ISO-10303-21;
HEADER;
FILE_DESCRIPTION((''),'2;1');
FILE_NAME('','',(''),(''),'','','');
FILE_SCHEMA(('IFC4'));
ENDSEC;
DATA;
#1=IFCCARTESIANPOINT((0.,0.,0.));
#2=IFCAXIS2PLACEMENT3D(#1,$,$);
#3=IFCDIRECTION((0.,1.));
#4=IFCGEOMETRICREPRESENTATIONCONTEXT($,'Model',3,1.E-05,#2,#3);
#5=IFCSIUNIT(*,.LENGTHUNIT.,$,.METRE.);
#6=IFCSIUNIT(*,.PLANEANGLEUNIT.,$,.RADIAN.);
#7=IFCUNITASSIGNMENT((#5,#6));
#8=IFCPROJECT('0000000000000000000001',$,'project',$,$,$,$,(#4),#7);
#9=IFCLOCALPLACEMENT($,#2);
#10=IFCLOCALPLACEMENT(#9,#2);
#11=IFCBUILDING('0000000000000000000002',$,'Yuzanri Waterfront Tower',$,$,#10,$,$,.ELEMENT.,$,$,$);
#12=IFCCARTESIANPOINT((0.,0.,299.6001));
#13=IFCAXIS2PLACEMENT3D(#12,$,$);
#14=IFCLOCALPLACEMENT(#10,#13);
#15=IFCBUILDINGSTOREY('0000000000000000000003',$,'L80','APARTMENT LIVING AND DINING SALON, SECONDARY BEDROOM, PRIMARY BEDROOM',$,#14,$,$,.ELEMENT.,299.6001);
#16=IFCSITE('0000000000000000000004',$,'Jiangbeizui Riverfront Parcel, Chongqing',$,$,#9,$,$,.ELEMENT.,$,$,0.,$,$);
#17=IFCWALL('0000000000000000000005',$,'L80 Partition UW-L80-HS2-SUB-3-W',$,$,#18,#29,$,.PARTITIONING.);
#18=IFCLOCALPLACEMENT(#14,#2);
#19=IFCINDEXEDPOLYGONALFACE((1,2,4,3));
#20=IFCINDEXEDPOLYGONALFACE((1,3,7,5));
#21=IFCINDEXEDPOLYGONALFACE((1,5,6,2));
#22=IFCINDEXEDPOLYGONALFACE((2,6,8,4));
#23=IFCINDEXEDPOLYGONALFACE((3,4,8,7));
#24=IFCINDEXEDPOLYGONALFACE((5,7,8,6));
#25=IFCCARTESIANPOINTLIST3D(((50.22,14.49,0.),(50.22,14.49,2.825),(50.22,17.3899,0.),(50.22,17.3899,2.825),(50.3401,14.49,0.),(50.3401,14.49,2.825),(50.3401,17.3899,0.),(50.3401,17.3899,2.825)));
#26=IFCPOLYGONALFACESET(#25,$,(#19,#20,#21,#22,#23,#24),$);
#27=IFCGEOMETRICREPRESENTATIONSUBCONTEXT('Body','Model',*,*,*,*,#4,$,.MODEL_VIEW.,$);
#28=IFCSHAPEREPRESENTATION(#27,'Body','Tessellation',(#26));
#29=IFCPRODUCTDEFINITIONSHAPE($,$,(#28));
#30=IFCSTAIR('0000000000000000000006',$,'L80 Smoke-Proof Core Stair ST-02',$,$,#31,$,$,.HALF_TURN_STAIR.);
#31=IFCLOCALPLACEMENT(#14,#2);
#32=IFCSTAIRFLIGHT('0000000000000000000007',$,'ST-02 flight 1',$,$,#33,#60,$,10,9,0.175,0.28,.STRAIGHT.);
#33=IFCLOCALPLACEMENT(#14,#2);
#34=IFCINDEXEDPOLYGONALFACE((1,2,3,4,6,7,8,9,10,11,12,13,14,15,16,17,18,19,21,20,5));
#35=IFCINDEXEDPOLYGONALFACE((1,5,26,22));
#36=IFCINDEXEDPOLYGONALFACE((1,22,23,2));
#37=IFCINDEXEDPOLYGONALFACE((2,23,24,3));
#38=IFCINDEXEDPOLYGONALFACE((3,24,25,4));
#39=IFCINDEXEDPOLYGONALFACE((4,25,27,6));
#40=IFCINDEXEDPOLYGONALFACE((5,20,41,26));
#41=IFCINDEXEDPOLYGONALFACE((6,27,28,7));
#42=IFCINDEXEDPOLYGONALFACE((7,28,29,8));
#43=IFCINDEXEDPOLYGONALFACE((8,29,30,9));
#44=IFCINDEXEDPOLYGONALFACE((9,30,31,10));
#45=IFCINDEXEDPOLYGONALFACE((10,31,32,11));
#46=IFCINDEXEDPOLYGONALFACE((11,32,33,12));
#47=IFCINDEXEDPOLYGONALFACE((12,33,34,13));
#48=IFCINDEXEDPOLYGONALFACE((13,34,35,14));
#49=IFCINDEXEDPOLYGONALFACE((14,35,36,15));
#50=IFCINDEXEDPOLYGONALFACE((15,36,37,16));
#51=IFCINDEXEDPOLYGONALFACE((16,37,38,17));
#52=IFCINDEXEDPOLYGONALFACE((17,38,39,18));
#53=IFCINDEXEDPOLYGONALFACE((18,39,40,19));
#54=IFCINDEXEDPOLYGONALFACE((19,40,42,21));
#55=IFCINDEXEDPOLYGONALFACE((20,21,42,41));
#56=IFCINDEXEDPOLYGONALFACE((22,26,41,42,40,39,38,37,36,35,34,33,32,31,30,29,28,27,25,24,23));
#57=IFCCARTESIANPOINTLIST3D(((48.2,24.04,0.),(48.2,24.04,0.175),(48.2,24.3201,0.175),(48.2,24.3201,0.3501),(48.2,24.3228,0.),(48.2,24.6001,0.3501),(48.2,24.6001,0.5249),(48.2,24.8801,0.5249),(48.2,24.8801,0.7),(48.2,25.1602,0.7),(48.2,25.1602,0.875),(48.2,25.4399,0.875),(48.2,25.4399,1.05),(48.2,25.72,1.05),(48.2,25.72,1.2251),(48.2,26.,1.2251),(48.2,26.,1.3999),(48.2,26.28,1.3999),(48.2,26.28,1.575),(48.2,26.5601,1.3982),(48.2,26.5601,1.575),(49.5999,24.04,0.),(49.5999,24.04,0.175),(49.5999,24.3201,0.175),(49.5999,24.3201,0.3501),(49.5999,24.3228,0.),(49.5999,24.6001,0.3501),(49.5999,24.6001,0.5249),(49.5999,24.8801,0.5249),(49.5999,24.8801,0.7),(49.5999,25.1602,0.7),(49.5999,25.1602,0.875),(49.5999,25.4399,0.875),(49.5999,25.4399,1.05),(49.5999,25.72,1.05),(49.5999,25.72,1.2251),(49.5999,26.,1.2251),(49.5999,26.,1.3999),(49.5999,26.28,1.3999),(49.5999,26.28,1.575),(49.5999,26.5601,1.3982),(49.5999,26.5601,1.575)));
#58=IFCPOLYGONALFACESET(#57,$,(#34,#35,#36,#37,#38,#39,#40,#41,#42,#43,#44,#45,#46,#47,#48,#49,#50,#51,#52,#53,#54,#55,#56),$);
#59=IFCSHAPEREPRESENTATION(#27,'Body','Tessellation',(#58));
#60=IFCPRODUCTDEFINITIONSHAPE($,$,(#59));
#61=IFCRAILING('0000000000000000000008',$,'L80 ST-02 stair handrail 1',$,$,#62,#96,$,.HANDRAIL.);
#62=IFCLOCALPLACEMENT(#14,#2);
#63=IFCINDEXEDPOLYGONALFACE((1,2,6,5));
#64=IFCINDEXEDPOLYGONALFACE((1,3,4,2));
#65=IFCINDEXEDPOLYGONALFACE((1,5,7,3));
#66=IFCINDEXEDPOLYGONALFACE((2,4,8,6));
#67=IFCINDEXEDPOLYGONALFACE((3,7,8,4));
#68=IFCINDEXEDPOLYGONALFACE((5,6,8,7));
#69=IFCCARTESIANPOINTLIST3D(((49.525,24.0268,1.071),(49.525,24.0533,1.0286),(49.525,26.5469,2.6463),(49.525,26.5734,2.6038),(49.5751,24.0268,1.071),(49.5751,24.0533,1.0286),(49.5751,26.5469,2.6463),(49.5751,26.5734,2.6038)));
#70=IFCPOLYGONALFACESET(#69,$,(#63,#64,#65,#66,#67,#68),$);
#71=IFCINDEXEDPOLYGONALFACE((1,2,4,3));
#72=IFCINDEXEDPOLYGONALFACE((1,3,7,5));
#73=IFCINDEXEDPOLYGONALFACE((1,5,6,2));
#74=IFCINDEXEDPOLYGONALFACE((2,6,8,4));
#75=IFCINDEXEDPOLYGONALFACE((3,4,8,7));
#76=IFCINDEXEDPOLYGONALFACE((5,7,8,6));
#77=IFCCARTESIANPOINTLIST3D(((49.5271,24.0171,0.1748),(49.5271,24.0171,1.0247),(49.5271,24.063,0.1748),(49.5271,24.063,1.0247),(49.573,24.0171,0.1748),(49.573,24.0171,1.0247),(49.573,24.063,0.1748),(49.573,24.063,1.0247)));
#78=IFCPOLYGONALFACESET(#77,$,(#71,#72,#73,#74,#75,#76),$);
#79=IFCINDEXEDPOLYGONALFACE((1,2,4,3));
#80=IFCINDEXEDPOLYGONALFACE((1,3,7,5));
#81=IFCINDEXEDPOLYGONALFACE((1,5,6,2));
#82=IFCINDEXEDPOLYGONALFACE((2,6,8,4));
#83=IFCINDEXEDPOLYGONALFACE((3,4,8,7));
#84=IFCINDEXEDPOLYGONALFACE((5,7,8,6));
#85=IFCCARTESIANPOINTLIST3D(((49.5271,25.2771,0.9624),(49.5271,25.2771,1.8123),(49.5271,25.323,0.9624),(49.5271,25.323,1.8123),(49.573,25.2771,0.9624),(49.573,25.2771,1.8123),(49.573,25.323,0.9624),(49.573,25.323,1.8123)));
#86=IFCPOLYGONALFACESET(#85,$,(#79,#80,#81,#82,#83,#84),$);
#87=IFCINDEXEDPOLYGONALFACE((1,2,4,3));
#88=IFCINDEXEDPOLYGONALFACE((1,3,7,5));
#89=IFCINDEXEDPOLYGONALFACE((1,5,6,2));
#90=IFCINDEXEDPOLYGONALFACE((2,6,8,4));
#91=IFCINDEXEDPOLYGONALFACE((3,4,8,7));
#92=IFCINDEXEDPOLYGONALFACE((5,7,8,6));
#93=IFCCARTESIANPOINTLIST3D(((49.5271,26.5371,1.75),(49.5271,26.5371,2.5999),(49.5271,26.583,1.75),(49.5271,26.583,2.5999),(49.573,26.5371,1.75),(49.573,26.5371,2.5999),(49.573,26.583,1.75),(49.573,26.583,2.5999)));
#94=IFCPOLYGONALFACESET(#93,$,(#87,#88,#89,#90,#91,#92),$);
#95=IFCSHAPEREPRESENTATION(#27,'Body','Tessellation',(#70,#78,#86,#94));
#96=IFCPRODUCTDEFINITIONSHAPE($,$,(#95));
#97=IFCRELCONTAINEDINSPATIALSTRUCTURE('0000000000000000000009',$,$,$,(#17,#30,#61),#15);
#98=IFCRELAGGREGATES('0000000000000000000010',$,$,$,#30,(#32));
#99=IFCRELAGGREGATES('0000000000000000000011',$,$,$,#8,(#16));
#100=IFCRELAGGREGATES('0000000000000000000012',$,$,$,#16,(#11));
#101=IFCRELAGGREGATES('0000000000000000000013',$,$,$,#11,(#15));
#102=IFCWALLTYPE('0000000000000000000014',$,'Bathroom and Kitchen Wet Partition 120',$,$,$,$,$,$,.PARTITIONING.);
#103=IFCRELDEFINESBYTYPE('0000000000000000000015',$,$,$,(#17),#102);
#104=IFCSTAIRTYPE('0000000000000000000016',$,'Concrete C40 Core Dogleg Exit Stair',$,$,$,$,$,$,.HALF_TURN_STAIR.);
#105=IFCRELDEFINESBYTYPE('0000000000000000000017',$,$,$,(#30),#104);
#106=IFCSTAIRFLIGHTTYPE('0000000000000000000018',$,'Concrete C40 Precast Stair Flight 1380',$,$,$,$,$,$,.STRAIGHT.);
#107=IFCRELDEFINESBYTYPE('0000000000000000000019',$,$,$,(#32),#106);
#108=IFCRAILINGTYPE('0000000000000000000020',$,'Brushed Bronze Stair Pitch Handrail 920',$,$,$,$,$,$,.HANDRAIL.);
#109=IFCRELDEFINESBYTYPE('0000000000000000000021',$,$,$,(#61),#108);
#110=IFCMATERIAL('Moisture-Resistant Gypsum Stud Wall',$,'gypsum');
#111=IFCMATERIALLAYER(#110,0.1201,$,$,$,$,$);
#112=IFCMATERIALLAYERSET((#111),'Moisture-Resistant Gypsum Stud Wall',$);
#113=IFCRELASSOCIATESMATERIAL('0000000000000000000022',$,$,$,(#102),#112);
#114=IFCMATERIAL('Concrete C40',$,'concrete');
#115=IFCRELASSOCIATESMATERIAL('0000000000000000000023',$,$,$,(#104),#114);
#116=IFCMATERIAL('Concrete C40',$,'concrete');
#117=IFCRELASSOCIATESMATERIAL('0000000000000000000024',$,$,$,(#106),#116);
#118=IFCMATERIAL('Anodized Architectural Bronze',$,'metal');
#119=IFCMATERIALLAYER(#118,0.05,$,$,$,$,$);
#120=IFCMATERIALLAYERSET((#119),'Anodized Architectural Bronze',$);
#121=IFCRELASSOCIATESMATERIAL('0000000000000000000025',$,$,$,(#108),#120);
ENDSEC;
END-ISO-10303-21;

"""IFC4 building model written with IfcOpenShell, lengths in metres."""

from ifc_helpers import new_model, si_unit, direction, frame, frame_2d, origin, origin_2d, place, context, subcontext, project, spatial, polyline, rectangle, outline, extrude, source, transform, mapped, material, layer, layer_set, type_object, element, aggregate, save


model = new_model("IFC4")

# Units and contexts
model_context = context("Model", 3, precision=1e-05, world=origin(), true_north=direction((0.0, 1.0)))
body_context = subcontext(model_context, "Body", "Model", "MODEL_VIEW")
ifc_project = project(units=[si_unit("LENGTHUNIT", "METRE"), si_unit("PLANEANGLEUNIT", "RADIAN")], contexts=[model_context])

# Site, building, storey
site_placement = place(None, origin())
site = spatial("IfcSite", under=ifc_project, at=site_placement, Name="Jiangbeizui Riverfront Parcel, Chongqing", CompositionType="ELEMENT", RefElevation=0.0)
building_placement = place(site_placement, origin())
building = spatial("IfcBuilding", under=site, at=building_placement, Name="Yuzanri Waterfront Tower", CompositionType="ELEMENT")
storey_placement = place(building_placement, frame((0.0, 0.0, 299.6001)))
storey = spatial("IfcBuildingStorey", under=building, at=storey_placement, Name="L80", Description="APARTMENT LIVING AND DINING SALON, SECONDARY BEDROOM, PRIMARY BEDROOM", CompositionType="ELEMENT", Elevation=299.6001)

# Shared definitions
ifc_material_1 = material(Name="Moisture-Resistant Gypsum Stud Wall", Category="gypsum")
ifc_layer_1 = layer(ifc_material_1, 0.1201)
ifc_layer_set_1 = layer_set([ifc_layer_1], Name="Moisture-Resistant Gypsum Stud Wall")
wall_type_1 = type_object("IfcWallType", Name="Bathroom and Kitchen Wet Partition 120", PredefinedType="PARTITIONING", material=ifc_layer_set_1)

# Wall
shared_shape_1 = source(origin(), body_context, "Body", "SweptSolid", [
    extrude(rectangle(XDim=2.8999, YDim=0.1201, at=frame_2d((1.45, 0.0))), origin(), (0.0, 0.0, 1.0), 2.825),
])
wall_1_placement = place(storey_placement, frame((50.28, 14.49, 0.0), z_axis=(0.0, 0.0, 1.0), x_axis=(0.0, 1.0, 0.0)))
element("IfcWall", 1, at=wall_1_placement, inside=storey, type_object=wall_type_1, Name="L80 Partition UW-L80-HS2-SUB-3-W", PredefinedType="PARTITIONING", context=body_context, shape_type="MappedRepresentation", body=[
    mapped(shared_shape_1, transform((0.0, 0.0, 0.0), scale=1.0)),
])

# Stair, stair flight
ifc_material_2 = material(Name="Concrete C40", Category="concrete")
stair_type = type_object("IfcStairType", Name="Concrete C40 Core Dogleg Exit Stair", PredefinedType="HALF_TURN_STAIR", material=ifc_material_2)
stair_placement = place(storey_placement, origin())
stair = element("IfcStair", 2, at=stair_placement, inside=storey, type_object=stair_type, Name="L80 Smoke-Proof Core Stair ST-02", PredefinedType="HALF_TURN_STAIR")
ifc_material_3 = material(Name="Concrete C40", Category="concrete")
stair_flight_type = type_object("IfcStairFlightType", Name="Concrete C40 Precast Stair Flight 1380", PredefinedType="STRAIGHT", material=ifc_material_3)
shared_shape_2 = source(origin(), body_context, "Body", "SweptSolid", [
    extrude(outline(polyline([(0.0, 0.0), (0.0, 0.175), (0.28, 0.175), (0.28, 0.3501), (0.5601, 0.3501), (0.5601, 0.5249), (0.8401, 0.5249), (0.8401, 0.7), (1.1201, 0.7), (1.1201, 0.875), (1.3999, 0.875), (1.3999, 1.05), (1.6799, 1.05), (1.6799, 1.2251), (1.96, 1.2251), (1.96, 1.3999), (2.24, 1.3999), (2.24, 1.575), (2.52, 1.575), (2.52, 1.75), (2.52, 1.3982), (0.2827, 0.0), (0.0, 0.0)])), frame((0.0, 0.7, 0.0), z_axis=(0.0, -1.0, 0.0), x_axis=(1.0, 0.0, 0.0)), (0.0, 0.0, 1.0), 1.3999),
])
stair_flight_placement = place(storey_placement, frame((48.8999, 24.04, 0.0), z_axis=(0.0, 0.0, 1.0), x_axis=(0.0, 1.0, 0.0)))
stair_flight = element("IfcStairFlight", 3, at=stair_flight_placement, type_object=stair_flight_type, Name="ST-02 flight 1", NumberOfRisers=10, NumberOfTreads=9, PredefinedType="STRAIGHT", RiserHeight=0.175, TreadLength=0.28, context=body_context, shape_type="MappedRepresentation", body=[
    mapped(shared_shape_2, transform((0.0, 0.0, 0.0), scale=1.0)),
])
aggregate(stair, [stair_flight])

# Railing
ifc_material_4 = material(Name="Anodized Architectural Bronze", Category="metal")
ifc_layer_2 = layer(ifc_material_4, 0.05)
ifc_layer_set_2 = layer_set([ifc_layer_2], Name="Anodized Architectural Bronze")
railing_type = type_object("IfcRailingType", Name="Brushed Bronze Stair Pitch Handrail 920", PredefinedType="HANDRAIL", material=ifc_layer_set_2)
shared_shape_3 = source(origin(), body_context, "Body", "SweptSolid", [
    extrude(rectangle(XDim=0.05, YDim=0.05, at=origin_2d()), frame((0.0, 0.0, 0.875), z_axis=(0.0, 0.847971, 0.530043), x_axis=(-1.0, 0.0, 0.0)), (0.0, 0.0, 1.0), 2.9719),
    extrude(rectangle(XDim=0.0459, YDim=0.0459, at=origin_2d()), origin(), (0.0, 0.0, 1.0), 0.8499),
    extrude(rectangle(XDim=0.0459, YDim=0.0459, at=origin_2d()), frame((0.0, 1.26, 0.7876)), (0.0, 0.0, 1.0), 0.8499),
    extrude(rectangle(XDim=0.0459, YDim=0.0459, at=origin_2d()), frame((0.0, 2.52, 1.5752)), (0.0, 0.0, 1.0), 0.8499),
])
railing_placement = place(storey_placement, frame((49.55, 24.04, 0.1748)))
element("IfcRailing", 4, at=railing_placement, inside=storey, type_object=railing_type, Name="L80 ST-02 stair handrail 1", PredefinedType="HANDRAIL", context=body_context, shape_type="MappedRepresentation", body=[
    mapped(shared_shape_3, transform((0.0, 0.0, 0.0), scale=1.0)),
])

save(model, "model.ifc")
